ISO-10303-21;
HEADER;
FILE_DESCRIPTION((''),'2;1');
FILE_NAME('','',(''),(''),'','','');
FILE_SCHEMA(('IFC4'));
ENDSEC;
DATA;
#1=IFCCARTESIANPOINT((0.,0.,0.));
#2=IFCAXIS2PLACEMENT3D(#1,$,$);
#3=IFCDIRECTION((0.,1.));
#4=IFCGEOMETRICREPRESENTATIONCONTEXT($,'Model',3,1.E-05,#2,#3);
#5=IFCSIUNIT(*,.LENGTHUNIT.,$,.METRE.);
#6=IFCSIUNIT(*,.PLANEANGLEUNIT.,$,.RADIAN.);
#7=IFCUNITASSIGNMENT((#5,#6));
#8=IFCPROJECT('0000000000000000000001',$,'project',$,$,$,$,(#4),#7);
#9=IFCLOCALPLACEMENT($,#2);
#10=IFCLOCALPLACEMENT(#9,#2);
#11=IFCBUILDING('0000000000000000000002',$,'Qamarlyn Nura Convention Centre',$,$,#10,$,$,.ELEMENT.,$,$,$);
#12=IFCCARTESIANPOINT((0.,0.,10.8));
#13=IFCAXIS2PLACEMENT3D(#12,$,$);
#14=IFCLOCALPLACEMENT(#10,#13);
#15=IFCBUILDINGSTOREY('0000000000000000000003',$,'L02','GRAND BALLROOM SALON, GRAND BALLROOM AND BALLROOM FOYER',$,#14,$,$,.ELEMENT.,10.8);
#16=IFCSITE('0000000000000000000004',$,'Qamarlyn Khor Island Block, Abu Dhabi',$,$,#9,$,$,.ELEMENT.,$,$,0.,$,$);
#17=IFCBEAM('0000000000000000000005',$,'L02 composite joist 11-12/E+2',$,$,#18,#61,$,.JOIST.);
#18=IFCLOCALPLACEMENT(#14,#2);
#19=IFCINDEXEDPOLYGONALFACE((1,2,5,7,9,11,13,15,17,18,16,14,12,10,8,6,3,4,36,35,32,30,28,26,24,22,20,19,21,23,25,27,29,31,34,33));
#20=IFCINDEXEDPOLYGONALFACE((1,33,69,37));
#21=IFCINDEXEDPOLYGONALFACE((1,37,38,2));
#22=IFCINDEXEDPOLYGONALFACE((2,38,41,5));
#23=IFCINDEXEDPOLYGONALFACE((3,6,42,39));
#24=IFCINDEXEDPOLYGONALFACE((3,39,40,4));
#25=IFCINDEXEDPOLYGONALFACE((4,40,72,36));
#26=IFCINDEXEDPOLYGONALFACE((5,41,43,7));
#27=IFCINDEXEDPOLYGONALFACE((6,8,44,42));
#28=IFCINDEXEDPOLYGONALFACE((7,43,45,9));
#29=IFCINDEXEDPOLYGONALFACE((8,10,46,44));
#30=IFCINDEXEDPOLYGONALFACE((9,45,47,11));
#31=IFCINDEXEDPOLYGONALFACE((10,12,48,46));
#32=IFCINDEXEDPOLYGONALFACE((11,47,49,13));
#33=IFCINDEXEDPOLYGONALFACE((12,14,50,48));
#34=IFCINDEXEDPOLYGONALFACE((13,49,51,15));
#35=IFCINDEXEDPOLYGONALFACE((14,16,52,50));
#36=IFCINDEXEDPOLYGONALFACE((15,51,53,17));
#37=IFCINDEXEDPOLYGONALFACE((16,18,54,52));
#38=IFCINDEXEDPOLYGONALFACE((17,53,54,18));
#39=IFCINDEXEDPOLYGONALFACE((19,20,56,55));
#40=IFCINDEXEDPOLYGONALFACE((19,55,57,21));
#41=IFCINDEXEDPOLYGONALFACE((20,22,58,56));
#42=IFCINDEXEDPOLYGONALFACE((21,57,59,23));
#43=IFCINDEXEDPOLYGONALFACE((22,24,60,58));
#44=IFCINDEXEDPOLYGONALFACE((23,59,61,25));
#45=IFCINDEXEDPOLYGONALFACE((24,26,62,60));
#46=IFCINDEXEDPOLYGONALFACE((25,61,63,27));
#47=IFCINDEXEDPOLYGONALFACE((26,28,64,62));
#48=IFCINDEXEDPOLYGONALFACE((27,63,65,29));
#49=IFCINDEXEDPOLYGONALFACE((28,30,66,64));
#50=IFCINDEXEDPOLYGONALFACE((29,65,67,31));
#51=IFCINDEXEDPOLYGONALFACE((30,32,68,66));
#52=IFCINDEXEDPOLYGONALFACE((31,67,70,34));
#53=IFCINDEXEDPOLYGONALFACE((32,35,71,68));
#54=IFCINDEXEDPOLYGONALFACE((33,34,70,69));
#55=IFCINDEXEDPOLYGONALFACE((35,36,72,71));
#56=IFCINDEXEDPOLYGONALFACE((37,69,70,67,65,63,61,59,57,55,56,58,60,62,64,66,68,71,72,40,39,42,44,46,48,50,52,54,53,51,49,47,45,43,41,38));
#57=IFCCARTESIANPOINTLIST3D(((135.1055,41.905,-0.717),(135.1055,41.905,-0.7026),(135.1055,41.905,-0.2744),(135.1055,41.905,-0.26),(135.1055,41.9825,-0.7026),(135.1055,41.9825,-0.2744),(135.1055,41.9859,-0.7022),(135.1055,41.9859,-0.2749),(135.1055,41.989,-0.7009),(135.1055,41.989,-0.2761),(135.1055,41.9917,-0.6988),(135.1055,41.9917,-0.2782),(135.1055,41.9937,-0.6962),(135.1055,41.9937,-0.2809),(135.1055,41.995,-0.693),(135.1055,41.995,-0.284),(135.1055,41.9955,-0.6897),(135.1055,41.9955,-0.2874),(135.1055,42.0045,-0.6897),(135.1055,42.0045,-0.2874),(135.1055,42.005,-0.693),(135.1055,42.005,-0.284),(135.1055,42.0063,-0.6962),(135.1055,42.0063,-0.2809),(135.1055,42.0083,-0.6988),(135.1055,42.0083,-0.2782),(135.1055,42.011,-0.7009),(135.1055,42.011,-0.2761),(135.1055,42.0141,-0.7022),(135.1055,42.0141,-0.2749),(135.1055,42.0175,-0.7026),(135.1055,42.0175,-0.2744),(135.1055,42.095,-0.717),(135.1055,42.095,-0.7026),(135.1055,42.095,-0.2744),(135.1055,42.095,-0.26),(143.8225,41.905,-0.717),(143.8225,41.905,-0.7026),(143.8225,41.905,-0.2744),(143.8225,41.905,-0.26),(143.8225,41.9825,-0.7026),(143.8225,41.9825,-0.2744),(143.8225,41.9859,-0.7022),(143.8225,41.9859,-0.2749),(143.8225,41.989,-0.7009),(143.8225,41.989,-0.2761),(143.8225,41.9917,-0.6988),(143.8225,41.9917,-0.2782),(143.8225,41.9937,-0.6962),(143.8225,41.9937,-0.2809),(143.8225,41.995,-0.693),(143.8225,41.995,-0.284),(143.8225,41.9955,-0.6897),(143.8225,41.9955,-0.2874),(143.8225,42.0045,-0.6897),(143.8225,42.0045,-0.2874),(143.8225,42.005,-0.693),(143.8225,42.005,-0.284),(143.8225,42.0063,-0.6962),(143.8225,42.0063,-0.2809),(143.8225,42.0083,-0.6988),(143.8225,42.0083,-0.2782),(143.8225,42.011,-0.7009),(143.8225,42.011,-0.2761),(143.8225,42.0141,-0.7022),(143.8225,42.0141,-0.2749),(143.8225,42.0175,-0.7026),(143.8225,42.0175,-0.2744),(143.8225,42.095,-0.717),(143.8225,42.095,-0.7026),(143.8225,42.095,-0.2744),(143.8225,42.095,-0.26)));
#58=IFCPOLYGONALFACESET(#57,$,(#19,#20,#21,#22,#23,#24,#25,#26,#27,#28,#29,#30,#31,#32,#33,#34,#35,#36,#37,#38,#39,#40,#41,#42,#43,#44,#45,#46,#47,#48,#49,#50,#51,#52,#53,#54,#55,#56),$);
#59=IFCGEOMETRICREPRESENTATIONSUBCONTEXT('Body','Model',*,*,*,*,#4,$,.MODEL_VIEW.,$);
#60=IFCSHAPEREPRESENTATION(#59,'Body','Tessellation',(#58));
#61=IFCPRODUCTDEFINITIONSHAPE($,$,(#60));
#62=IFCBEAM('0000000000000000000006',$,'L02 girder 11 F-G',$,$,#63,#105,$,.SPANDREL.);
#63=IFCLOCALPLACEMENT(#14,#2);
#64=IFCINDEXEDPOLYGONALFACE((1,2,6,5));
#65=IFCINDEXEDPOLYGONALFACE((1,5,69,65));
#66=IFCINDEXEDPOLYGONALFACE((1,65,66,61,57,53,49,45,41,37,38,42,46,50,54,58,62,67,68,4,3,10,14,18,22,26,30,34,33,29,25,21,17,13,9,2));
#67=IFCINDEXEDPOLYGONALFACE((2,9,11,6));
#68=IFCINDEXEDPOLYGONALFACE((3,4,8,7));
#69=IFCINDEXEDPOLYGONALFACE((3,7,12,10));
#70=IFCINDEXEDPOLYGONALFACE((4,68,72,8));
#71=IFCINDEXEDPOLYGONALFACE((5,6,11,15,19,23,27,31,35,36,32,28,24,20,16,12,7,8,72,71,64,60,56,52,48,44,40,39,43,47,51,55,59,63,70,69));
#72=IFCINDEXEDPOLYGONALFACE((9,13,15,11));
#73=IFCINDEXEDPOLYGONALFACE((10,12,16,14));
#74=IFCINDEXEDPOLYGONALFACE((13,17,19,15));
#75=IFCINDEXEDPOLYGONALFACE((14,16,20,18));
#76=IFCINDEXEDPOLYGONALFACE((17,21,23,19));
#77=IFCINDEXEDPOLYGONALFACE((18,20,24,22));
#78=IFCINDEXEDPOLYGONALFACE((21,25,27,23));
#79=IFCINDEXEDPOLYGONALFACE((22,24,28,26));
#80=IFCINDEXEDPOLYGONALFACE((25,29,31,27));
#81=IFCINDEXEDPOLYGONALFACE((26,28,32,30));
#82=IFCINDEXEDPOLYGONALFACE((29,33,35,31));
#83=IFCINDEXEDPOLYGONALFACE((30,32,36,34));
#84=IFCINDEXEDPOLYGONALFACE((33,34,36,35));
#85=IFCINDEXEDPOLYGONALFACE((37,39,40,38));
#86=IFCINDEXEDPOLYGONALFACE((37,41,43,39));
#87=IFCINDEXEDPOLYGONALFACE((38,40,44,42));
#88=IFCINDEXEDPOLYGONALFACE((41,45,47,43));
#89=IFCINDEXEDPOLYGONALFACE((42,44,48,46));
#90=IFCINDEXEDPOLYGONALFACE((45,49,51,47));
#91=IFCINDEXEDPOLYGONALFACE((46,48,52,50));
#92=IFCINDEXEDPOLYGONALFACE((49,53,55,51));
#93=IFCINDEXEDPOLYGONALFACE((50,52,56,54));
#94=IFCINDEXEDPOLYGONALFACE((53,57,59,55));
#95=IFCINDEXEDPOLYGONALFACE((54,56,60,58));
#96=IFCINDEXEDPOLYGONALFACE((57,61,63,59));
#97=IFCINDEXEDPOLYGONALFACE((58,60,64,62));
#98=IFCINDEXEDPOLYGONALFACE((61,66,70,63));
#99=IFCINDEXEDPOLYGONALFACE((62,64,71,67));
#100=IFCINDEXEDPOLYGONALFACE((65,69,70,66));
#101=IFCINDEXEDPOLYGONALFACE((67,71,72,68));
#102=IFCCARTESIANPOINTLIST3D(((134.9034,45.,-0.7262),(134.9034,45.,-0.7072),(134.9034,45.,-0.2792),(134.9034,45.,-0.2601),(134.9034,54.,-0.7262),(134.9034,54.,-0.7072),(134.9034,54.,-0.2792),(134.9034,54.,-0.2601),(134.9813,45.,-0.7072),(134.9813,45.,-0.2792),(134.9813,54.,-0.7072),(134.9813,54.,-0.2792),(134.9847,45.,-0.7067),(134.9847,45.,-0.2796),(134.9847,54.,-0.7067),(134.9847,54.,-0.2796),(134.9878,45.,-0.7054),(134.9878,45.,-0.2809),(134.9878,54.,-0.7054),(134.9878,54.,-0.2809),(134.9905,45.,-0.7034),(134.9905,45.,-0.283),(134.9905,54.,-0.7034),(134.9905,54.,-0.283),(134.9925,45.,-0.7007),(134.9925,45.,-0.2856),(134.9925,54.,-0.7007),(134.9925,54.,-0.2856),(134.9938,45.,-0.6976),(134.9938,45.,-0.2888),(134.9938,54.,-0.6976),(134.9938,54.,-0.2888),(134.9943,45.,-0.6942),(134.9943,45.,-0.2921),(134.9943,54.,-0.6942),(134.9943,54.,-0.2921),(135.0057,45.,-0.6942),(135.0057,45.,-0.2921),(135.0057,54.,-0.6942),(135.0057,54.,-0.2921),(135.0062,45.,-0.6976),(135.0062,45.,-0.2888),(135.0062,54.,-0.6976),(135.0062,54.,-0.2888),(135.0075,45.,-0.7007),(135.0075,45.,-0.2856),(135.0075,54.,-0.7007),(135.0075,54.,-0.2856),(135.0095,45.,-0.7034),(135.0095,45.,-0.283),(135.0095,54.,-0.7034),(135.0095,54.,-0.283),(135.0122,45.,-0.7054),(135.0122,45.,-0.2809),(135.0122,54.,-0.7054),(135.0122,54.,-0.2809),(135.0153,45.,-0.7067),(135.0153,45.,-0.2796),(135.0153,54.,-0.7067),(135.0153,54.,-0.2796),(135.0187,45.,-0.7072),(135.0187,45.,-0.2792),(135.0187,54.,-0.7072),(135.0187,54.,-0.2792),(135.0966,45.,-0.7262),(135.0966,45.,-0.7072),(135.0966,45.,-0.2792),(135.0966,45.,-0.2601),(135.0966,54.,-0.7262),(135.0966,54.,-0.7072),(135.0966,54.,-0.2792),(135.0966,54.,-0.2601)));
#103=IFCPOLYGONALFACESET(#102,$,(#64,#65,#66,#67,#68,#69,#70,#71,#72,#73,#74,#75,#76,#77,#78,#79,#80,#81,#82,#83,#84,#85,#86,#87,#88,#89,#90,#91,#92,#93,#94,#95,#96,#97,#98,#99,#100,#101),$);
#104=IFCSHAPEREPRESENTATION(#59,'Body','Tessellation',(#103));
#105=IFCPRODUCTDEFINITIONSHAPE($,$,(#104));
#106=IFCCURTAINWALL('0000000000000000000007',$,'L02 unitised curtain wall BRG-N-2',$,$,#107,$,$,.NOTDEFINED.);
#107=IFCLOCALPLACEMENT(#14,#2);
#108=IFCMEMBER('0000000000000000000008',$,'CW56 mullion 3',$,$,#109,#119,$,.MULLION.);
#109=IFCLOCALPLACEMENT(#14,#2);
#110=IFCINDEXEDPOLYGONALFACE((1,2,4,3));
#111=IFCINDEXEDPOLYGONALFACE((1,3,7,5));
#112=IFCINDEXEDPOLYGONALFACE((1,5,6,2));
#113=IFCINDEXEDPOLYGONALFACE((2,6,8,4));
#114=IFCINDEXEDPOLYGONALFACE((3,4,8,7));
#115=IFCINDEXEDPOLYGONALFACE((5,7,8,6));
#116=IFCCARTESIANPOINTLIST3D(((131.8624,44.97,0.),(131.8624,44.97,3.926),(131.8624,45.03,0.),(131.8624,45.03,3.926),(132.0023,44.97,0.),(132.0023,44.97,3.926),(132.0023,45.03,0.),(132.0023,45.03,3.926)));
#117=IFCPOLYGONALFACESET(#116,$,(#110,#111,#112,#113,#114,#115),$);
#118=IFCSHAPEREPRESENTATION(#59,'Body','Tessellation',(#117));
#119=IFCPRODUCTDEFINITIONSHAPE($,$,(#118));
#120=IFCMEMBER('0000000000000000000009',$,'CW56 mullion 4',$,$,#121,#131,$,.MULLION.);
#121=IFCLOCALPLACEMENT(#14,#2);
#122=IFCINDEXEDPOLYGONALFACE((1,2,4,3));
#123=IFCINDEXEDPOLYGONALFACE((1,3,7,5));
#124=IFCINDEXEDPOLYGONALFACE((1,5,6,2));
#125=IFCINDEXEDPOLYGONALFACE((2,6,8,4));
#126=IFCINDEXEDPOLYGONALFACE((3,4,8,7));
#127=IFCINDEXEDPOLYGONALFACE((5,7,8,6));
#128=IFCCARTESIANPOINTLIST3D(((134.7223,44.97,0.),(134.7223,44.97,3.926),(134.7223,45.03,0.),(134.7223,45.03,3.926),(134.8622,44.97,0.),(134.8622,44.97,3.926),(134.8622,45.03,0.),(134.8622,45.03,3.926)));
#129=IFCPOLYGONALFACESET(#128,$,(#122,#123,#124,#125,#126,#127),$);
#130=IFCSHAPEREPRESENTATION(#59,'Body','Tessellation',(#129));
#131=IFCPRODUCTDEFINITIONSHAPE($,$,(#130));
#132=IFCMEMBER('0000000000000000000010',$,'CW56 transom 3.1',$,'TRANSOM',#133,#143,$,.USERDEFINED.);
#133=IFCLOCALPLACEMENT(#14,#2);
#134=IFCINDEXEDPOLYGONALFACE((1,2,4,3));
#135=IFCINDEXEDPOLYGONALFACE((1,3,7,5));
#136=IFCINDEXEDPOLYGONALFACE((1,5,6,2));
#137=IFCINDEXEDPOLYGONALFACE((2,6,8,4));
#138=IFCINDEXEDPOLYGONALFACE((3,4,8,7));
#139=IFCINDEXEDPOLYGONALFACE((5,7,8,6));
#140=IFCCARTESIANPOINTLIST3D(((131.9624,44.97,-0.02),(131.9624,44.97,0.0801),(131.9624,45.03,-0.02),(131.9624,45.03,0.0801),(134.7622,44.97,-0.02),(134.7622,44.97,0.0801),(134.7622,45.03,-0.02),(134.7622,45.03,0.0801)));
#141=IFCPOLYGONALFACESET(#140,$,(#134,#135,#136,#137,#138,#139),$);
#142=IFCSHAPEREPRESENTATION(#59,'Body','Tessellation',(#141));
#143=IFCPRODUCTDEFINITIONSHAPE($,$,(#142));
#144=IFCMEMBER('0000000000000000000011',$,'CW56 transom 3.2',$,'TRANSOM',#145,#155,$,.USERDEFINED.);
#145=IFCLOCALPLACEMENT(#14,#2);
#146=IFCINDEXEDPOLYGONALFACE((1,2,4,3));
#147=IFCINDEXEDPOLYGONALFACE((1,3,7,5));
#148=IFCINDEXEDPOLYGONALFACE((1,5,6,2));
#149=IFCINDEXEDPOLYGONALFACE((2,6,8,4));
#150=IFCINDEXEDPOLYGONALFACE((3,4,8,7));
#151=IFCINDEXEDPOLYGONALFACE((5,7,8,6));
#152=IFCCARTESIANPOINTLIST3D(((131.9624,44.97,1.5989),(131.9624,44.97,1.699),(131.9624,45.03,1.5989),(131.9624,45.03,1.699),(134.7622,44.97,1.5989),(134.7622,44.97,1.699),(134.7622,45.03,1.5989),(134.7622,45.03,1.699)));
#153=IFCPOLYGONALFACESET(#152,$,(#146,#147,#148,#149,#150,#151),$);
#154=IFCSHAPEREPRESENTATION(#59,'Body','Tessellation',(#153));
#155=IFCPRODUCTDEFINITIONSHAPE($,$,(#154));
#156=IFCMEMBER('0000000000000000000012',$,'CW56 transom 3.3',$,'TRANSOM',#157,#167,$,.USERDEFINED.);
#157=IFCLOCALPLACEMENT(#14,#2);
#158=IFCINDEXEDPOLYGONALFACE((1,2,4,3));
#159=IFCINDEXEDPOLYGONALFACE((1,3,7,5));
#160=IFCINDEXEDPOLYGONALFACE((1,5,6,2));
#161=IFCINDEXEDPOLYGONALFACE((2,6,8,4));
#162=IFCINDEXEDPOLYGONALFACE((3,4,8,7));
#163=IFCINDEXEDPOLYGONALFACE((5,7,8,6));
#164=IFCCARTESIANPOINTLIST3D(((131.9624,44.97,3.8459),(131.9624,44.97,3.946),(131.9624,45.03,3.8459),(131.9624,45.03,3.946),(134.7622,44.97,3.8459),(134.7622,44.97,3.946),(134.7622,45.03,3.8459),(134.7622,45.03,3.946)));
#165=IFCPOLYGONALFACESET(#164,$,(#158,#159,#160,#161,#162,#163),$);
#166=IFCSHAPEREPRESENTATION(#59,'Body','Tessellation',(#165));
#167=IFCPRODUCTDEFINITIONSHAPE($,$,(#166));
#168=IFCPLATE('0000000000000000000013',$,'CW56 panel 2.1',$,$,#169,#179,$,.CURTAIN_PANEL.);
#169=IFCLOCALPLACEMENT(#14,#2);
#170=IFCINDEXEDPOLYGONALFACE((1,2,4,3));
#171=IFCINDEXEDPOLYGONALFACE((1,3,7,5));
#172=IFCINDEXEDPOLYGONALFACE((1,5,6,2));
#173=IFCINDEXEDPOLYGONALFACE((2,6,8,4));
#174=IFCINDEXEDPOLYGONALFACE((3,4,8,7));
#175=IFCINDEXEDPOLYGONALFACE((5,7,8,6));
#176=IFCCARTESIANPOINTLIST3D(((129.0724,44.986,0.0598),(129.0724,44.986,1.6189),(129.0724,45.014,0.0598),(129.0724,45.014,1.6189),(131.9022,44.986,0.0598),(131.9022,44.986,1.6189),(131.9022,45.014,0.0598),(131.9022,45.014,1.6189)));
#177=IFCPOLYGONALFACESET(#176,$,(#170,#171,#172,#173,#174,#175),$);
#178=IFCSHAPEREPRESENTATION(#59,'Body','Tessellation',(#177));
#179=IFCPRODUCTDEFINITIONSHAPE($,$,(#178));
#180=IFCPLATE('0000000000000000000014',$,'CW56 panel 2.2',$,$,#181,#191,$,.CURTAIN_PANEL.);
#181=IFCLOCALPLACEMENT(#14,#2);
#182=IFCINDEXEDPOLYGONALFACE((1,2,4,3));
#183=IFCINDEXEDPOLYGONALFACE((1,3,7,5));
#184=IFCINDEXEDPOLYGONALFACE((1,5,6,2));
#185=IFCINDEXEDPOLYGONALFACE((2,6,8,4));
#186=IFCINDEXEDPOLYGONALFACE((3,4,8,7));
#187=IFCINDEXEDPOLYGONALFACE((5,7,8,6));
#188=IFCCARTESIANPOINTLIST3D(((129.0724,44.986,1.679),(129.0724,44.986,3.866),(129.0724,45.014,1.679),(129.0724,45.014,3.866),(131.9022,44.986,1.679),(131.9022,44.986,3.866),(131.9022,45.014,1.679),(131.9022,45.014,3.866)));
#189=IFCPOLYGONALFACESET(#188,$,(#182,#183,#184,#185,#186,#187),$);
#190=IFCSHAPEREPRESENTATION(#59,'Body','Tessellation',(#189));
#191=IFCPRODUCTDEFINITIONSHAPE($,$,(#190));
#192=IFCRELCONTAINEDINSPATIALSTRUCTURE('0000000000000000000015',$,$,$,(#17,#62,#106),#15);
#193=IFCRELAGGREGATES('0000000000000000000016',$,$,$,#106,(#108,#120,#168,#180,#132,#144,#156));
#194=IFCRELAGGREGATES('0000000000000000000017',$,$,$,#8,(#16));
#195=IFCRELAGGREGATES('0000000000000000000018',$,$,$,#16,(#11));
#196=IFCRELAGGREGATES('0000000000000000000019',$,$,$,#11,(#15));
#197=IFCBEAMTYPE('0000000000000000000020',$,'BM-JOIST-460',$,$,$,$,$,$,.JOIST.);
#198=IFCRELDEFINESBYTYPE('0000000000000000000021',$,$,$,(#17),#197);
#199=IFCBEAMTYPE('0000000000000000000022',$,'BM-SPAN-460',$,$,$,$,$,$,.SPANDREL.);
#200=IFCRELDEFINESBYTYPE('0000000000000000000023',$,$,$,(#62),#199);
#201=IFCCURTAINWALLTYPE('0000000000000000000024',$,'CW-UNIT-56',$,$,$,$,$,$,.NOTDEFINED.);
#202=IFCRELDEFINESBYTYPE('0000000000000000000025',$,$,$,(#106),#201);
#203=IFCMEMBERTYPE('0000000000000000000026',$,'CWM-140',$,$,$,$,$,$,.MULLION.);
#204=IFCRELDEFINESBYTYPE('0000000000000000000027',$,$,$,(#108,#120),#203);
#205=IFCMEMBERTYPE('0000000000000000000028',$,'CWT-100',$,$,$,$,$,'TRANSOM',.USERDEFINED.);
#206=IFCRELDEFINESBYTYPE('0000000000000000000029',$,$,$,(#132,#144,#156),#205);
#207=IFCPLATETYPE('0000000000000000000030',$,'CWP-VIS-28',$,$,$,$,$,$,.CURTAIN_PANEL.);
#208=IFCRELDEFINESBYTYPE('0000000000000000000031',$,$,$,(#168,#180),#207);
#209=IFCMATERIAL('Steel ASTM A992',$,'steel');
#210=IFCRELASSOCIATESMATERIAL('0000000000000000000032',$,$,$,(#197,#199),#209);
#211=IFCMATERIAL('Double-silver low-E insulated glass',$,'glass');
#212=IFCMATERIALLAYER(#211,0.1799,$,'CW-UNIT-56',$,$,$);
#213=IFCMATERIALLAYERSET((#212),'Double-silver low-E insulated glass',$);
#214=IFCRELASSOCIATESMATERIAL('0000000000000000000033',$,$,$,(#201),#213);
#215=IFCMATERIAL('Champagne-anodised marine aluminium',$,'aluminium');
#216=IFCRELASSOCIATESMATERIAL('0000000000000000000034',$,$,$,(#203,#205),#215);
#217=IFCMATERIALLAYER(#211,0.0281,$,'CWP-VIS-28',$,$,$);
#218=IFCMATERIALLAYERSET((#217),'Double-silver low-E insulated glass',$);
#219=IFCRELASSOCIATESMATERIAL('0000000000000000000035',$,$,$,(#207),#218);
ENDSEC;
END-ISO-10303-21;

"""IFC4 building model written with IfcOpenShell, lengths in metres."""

from ifc_helpers import new_model, si_unit, direction, frame, origin, origin_2d, place, context, subcontext, project, spatial, rectangle, i_section, extrude, material, layer, layer_set, material_profile, profile_set, type_object, element, aggregate, save


model = new_model("IFC4")

# Units and contexts
model_context = context("Model", 3, precision=1e-05, world=origin(), true_north=direction((0.0, 1.0)))
body_context = subcontext(model_context, "Body", "Model", "MODEL_VIEW")
ifc_project = project(units=[si_unit("LENGTHUNIT", "METRE"), si_unit("PLANEANGLEUNIT", "RADIAN")], contexts=[model_context])

# Site, building, storey
site_placement = place(None, origin())
site = spatial("IfcSite", under=ifc_project, at=site_placement, Name="Qamarlyn Khor Island Block, Abu Dhabi", CompositionType="ELEMENT", RefElevation=0.0)
building_placement = place(site_placement, origin())
building = spatial("IfcBuilding", under=site, at=building_placement, Name="Qamarlyn Nura Convention Centre", CompositionType="ELEMENT")
storey_placement = place(building_placement, frame((0.0, 0.0, 10.8)))
storey = spatial("IfcBuildingStorey", under=building, at=storey_placement, Name="L02", Description="GRAND BALLROOM SALON, GRAND BALLROOM AND BALLROOM FOYER", CompositionType="ELEMENT", Elevation=10.8)

# Beams
ifc_material_1 = material(Name="Steel ASTM A992", Category="steel")
ifc_material_profile_1 = material_profile(ifc_material_1, i_section(OverallWidth=0.1899, OverallDepth=0.457, WebThickness=0.009, FlangeThickness=0.0144, FilletRadius=0.0129, at=origin_2d()), Name="W460X74")
ifc_profile_set_1 = profile_set([ifc_material_profile_1], Name="Steel ASTM A992")
beam_type_1 = type_object("IfcBeamType", Name="BM-JOIST-460", PredefinedType="JOIST", material=ifc_profile_set_1)
beam_1_placement = place(storey_placement, frame((135.1055, 42.0, -0.4885), z_axis=(1.0, 0.0, 0.0), x_axis=(0.0, 1.0, 0.0)))
element("IfcBeam", 1, at=beam_1_placement, inside=storey, type_object=beam_type_1, Name="L02 composite joist 11-12/E+2", PredefinedType="JOIST", context=body_context, shape_type="SweptSolid", body=[
    extrude(i_section(OverallWidth=0.1899, OverallDepth=0.457, WebThickness=0.009, FlangeThickness=0.0144, FilletRadius=0.0129, at=origin_2d()), origin(), (0.0, 0.0, 1.0), 8.717),
])
ifc_material_profile_2 = material_profile(ifc_material_1, i_section(OverallWidth=0.1931, OverallDepth=0.4661, WebThickness=0.0115, FlangeThickness=0.019, FilletRadius=0.0129, at=origin_2d()), Name="W460X97")
ifc_profile_set_2 = profile_set([ifc_material_profile_2], Name="Steel ASTM A992")
beam_type_2 = type_object("IfcBeamType", Name="BM-SPAN-460", PredefinedType="SPANDREL", material=ifc_profile_set_2)
beam_2_placement = place(storey_placement, frame((135.0, 45.0, -0.4932), z_axis=(0.0, 1.0, 0.0), x_axis=(-1.0, 0.0, 0.0)))
element("IfcBeam", 2, at=beam_2_placement, inside=storey, type_object=beam_type_2, Name="L02 girder 11 F-G", PredefinedType="SPANDREL", context=body_context, shape_type="SweptSolid", body=[
    extrude(i_section(OverallWidth=0.1931, OverallDepth=0.4661, WebThickness=0.0115, FlangeThickness=0.019, FilletRadius=0.0129, at=origin_2d()), origin(), (0.0, 0.0, 1.0), 9.0),
])

# Curtain wall, members, plates
ifc_material_2 = material(Name="Double-silver low-E insulated glass", Category="glass")
ifc_layer_1 = layer(ifc_material_2, 0.1799, Name="CW-UNIT-56")
ifc_layer_set_1 = layer_set([ifc_layer_1], Name="Double-silver low-E insulated glass")
curtain_wall_type = type_object("IfcCurtainWallType", Name="CW-UNIT-56", PredefinedType="NOTDEFINED", material=ifc_layer_set_1)
curtain_wall_placement = place(storey_placement, origin())
curtain_wall = element("IfcCurtainWall", 3, at=curtain_wall_placement, inside=storey, type_object=curtain_wall_type, Name="L02 unitised curtain wall BRG-N-2", PredefinedType="NOTDEFINED")
ifc_material_3 = material(Name="Champagne-anodised marine aluminium", Category="aluminium")
ifc_material_profile_3 = material_profile(ifc_material_3, rectangle(XDim=0.0601, YDim=0.1399, at=origin_2d()), Name="ALU MULLION 60x140")
ifc_profile_set_3 = profile_set([ifc_material_profile_3], Name="Champagne-anodised marine aluminium")
member_type_1 = type_object("IfcMemberType", Name="CWM-140", PredefinedType="MULLION", material=ifc_profile_set_3)
member_1_placement = place(storey_placement, frame((131.9324, 45.0, 0.0), z_axis=(0.0, 0.0, 1.0), x_axis=(0.0, 1.0, 0.0)))
member_1 = element("IfcMember", 4, at=member_1_placement, type_object=member_type_1, Name="CW56 mullion 3", PredefinedType="MULLION", context=body_context, shape_type="SweptSolid", body=[
    extrude(rectangle(XDim=0.0601, YDim=0.1399, at=origin_2d()), origin(), (0.0, 0.0, 1.0), 3.926),
])
member_2_placement = place(storey_placement, frame((134.7922, 45.0, 0.0), z_axis=(0.0, 0.0, 1.0), x_axis=(0.0, 1.0, 0.0)))
member_2 = element("IfcMember", 5, at=member_2_placement, type_object=member_type_1, Name="CW56 mullion 4", PredefinedType="MULLION", context=body_context, shape_type="SweptSolid", body=[
    extrude(rectangle(XDim=0.0601, YDim=0.1399, at=origin_2d()), origin(), (0.0, 0.0, 1.0), 3.926),
])
ifc_material_profile_4 = material_profile(ifc_material_3, rectangle(XDim=0.0601, YDim=0.1001, at=origin_2d()), Name="ALU TRANSOM 60x100")
ifc_profile_set_4 = profile_set([ifc_material_profile_4], Name="Champagne-anodised marine aluminium")
member_type_2 = type_object("IfcMemberType", Name="CWT-100", ElementType="TRANSOM", PredefinedType="USERDEFINED", material=ifc_profile_set_4)
member_3_placement = place(storey_placement, frame((131.9624, 45.0, 0.03), z_axis=(1.0, 0.0, 0.0), x_axis=(0.0, 1.0, 0.0)))
member_3 = element("IfcMember", 6, at=member_3_placement, type_object=member_type_2, Name="CW56 transom 3.1", ObjectType="TRANSOM", PredefinedType="USERDEFINED", context=body_context, shape_type="SweptSolid", body=[
    extrude(rectangle(XDim=0.0601, YDim=0.1001, at=origin_2d()), origin(), (0.0, 0.0, 1.0), 2.7998),
])
member_4_placement = place(storey_placement, frame((131.9624, 45.0, 1.6489), z_axis=(1.0, 0.0, 0.0), x_axis=(0.0, 1.0, 0.0)))
member_4 = element("IfcMember", 7, at=member_4_placement, type_object=member_type_2, Name="CW56 transom 3.2", ObjectType="TRANSOM", PredefinedType="USERDEFINED", context=body_context, shape_type="SweptSolid", body=[
    extrude(rectangle(XDim=0.0601, YDim=0.1001, at=origin_2d()), origin(), (0.0, 0.0, 1.0), 2.7998),
])
member_5_placement = place(storey_placement, frame((131.9624, 45.0, 3.896), z_axis=(1.0, 0.0, 0.0), x_axis=(0.0, 1.0, 0.0)))
member_5 = element("IfcMember", 8, at=member_5_placement, type_object=member_type_2, Name="CW56 transom 3.3", ObjectType="TRANSOM", PredefinedType="USERDEFINED", context=body_context, shape_type="SweptSolid", body=[
    extrude(rectangle(XDim=0.0601, YDim=0.1001, at=origin_2d()), origin(), (0.0, 0.0, 1.0), 2.7998),
])
ifc_layer_2 = layer(ifc_material_2, 0.0281, Name="CWP-VIS-28")
ifc_layer_set_2 = layer_set([ifc_layer_2], Name="Double-silver low-E insulated glass")
plate_type = type_object("IfcPlateType", Name="CWP-VIS-28", PredefinedType="CURTAIN_PANEL", material=ifc_layer_set_2)
plate_1_placement = place(storey_placement, frame((130.4873, 45.0, 0.0598), z_axis=(0.0, 0.0, 1.0), x_axis=(1.0, 0.0, 0.0)))
plate_1 = element("IfcPlate", 9, at=plate_1_placement, type_object=plate_type, Name="CW56 panel 2.1", PredefinedType="CURTAIN_PANEL", context=body_context, shape_type="SweptSolid", body=[
    extrude(rectangle(XDim=2.8298, YDim=0.0281, at=origin_2d()), origin(), (0.0, 0.0, 1.0), 1.5591),
])
plate_2_placement = place(storey_placement, frame((130.4873, 45.0, 1.679), z_axis=(0.0, 0.0, 1.0), x_axis=(1.0, 0.0, 0.0)))
plate_2 = element("IfcPlate", 10, at=plate_2_placement, type_object=plate_type, Name="CW56 panel 2.2", PredefinedType="CURTAIN_PANEL", context=body_context, shape_type="SweptSolid", body=[
    extrude(rectangle(XDim=2.8298, YDim=0.0281, at=origin_2d()), origin(), (0.0, 0.0, 1.0), 2.187),
])
aggregate(curtain_wall, [member_1, member_2, plate_1, plate_2, member_3, member_4, member_5])

save(model, "model.ifc")
